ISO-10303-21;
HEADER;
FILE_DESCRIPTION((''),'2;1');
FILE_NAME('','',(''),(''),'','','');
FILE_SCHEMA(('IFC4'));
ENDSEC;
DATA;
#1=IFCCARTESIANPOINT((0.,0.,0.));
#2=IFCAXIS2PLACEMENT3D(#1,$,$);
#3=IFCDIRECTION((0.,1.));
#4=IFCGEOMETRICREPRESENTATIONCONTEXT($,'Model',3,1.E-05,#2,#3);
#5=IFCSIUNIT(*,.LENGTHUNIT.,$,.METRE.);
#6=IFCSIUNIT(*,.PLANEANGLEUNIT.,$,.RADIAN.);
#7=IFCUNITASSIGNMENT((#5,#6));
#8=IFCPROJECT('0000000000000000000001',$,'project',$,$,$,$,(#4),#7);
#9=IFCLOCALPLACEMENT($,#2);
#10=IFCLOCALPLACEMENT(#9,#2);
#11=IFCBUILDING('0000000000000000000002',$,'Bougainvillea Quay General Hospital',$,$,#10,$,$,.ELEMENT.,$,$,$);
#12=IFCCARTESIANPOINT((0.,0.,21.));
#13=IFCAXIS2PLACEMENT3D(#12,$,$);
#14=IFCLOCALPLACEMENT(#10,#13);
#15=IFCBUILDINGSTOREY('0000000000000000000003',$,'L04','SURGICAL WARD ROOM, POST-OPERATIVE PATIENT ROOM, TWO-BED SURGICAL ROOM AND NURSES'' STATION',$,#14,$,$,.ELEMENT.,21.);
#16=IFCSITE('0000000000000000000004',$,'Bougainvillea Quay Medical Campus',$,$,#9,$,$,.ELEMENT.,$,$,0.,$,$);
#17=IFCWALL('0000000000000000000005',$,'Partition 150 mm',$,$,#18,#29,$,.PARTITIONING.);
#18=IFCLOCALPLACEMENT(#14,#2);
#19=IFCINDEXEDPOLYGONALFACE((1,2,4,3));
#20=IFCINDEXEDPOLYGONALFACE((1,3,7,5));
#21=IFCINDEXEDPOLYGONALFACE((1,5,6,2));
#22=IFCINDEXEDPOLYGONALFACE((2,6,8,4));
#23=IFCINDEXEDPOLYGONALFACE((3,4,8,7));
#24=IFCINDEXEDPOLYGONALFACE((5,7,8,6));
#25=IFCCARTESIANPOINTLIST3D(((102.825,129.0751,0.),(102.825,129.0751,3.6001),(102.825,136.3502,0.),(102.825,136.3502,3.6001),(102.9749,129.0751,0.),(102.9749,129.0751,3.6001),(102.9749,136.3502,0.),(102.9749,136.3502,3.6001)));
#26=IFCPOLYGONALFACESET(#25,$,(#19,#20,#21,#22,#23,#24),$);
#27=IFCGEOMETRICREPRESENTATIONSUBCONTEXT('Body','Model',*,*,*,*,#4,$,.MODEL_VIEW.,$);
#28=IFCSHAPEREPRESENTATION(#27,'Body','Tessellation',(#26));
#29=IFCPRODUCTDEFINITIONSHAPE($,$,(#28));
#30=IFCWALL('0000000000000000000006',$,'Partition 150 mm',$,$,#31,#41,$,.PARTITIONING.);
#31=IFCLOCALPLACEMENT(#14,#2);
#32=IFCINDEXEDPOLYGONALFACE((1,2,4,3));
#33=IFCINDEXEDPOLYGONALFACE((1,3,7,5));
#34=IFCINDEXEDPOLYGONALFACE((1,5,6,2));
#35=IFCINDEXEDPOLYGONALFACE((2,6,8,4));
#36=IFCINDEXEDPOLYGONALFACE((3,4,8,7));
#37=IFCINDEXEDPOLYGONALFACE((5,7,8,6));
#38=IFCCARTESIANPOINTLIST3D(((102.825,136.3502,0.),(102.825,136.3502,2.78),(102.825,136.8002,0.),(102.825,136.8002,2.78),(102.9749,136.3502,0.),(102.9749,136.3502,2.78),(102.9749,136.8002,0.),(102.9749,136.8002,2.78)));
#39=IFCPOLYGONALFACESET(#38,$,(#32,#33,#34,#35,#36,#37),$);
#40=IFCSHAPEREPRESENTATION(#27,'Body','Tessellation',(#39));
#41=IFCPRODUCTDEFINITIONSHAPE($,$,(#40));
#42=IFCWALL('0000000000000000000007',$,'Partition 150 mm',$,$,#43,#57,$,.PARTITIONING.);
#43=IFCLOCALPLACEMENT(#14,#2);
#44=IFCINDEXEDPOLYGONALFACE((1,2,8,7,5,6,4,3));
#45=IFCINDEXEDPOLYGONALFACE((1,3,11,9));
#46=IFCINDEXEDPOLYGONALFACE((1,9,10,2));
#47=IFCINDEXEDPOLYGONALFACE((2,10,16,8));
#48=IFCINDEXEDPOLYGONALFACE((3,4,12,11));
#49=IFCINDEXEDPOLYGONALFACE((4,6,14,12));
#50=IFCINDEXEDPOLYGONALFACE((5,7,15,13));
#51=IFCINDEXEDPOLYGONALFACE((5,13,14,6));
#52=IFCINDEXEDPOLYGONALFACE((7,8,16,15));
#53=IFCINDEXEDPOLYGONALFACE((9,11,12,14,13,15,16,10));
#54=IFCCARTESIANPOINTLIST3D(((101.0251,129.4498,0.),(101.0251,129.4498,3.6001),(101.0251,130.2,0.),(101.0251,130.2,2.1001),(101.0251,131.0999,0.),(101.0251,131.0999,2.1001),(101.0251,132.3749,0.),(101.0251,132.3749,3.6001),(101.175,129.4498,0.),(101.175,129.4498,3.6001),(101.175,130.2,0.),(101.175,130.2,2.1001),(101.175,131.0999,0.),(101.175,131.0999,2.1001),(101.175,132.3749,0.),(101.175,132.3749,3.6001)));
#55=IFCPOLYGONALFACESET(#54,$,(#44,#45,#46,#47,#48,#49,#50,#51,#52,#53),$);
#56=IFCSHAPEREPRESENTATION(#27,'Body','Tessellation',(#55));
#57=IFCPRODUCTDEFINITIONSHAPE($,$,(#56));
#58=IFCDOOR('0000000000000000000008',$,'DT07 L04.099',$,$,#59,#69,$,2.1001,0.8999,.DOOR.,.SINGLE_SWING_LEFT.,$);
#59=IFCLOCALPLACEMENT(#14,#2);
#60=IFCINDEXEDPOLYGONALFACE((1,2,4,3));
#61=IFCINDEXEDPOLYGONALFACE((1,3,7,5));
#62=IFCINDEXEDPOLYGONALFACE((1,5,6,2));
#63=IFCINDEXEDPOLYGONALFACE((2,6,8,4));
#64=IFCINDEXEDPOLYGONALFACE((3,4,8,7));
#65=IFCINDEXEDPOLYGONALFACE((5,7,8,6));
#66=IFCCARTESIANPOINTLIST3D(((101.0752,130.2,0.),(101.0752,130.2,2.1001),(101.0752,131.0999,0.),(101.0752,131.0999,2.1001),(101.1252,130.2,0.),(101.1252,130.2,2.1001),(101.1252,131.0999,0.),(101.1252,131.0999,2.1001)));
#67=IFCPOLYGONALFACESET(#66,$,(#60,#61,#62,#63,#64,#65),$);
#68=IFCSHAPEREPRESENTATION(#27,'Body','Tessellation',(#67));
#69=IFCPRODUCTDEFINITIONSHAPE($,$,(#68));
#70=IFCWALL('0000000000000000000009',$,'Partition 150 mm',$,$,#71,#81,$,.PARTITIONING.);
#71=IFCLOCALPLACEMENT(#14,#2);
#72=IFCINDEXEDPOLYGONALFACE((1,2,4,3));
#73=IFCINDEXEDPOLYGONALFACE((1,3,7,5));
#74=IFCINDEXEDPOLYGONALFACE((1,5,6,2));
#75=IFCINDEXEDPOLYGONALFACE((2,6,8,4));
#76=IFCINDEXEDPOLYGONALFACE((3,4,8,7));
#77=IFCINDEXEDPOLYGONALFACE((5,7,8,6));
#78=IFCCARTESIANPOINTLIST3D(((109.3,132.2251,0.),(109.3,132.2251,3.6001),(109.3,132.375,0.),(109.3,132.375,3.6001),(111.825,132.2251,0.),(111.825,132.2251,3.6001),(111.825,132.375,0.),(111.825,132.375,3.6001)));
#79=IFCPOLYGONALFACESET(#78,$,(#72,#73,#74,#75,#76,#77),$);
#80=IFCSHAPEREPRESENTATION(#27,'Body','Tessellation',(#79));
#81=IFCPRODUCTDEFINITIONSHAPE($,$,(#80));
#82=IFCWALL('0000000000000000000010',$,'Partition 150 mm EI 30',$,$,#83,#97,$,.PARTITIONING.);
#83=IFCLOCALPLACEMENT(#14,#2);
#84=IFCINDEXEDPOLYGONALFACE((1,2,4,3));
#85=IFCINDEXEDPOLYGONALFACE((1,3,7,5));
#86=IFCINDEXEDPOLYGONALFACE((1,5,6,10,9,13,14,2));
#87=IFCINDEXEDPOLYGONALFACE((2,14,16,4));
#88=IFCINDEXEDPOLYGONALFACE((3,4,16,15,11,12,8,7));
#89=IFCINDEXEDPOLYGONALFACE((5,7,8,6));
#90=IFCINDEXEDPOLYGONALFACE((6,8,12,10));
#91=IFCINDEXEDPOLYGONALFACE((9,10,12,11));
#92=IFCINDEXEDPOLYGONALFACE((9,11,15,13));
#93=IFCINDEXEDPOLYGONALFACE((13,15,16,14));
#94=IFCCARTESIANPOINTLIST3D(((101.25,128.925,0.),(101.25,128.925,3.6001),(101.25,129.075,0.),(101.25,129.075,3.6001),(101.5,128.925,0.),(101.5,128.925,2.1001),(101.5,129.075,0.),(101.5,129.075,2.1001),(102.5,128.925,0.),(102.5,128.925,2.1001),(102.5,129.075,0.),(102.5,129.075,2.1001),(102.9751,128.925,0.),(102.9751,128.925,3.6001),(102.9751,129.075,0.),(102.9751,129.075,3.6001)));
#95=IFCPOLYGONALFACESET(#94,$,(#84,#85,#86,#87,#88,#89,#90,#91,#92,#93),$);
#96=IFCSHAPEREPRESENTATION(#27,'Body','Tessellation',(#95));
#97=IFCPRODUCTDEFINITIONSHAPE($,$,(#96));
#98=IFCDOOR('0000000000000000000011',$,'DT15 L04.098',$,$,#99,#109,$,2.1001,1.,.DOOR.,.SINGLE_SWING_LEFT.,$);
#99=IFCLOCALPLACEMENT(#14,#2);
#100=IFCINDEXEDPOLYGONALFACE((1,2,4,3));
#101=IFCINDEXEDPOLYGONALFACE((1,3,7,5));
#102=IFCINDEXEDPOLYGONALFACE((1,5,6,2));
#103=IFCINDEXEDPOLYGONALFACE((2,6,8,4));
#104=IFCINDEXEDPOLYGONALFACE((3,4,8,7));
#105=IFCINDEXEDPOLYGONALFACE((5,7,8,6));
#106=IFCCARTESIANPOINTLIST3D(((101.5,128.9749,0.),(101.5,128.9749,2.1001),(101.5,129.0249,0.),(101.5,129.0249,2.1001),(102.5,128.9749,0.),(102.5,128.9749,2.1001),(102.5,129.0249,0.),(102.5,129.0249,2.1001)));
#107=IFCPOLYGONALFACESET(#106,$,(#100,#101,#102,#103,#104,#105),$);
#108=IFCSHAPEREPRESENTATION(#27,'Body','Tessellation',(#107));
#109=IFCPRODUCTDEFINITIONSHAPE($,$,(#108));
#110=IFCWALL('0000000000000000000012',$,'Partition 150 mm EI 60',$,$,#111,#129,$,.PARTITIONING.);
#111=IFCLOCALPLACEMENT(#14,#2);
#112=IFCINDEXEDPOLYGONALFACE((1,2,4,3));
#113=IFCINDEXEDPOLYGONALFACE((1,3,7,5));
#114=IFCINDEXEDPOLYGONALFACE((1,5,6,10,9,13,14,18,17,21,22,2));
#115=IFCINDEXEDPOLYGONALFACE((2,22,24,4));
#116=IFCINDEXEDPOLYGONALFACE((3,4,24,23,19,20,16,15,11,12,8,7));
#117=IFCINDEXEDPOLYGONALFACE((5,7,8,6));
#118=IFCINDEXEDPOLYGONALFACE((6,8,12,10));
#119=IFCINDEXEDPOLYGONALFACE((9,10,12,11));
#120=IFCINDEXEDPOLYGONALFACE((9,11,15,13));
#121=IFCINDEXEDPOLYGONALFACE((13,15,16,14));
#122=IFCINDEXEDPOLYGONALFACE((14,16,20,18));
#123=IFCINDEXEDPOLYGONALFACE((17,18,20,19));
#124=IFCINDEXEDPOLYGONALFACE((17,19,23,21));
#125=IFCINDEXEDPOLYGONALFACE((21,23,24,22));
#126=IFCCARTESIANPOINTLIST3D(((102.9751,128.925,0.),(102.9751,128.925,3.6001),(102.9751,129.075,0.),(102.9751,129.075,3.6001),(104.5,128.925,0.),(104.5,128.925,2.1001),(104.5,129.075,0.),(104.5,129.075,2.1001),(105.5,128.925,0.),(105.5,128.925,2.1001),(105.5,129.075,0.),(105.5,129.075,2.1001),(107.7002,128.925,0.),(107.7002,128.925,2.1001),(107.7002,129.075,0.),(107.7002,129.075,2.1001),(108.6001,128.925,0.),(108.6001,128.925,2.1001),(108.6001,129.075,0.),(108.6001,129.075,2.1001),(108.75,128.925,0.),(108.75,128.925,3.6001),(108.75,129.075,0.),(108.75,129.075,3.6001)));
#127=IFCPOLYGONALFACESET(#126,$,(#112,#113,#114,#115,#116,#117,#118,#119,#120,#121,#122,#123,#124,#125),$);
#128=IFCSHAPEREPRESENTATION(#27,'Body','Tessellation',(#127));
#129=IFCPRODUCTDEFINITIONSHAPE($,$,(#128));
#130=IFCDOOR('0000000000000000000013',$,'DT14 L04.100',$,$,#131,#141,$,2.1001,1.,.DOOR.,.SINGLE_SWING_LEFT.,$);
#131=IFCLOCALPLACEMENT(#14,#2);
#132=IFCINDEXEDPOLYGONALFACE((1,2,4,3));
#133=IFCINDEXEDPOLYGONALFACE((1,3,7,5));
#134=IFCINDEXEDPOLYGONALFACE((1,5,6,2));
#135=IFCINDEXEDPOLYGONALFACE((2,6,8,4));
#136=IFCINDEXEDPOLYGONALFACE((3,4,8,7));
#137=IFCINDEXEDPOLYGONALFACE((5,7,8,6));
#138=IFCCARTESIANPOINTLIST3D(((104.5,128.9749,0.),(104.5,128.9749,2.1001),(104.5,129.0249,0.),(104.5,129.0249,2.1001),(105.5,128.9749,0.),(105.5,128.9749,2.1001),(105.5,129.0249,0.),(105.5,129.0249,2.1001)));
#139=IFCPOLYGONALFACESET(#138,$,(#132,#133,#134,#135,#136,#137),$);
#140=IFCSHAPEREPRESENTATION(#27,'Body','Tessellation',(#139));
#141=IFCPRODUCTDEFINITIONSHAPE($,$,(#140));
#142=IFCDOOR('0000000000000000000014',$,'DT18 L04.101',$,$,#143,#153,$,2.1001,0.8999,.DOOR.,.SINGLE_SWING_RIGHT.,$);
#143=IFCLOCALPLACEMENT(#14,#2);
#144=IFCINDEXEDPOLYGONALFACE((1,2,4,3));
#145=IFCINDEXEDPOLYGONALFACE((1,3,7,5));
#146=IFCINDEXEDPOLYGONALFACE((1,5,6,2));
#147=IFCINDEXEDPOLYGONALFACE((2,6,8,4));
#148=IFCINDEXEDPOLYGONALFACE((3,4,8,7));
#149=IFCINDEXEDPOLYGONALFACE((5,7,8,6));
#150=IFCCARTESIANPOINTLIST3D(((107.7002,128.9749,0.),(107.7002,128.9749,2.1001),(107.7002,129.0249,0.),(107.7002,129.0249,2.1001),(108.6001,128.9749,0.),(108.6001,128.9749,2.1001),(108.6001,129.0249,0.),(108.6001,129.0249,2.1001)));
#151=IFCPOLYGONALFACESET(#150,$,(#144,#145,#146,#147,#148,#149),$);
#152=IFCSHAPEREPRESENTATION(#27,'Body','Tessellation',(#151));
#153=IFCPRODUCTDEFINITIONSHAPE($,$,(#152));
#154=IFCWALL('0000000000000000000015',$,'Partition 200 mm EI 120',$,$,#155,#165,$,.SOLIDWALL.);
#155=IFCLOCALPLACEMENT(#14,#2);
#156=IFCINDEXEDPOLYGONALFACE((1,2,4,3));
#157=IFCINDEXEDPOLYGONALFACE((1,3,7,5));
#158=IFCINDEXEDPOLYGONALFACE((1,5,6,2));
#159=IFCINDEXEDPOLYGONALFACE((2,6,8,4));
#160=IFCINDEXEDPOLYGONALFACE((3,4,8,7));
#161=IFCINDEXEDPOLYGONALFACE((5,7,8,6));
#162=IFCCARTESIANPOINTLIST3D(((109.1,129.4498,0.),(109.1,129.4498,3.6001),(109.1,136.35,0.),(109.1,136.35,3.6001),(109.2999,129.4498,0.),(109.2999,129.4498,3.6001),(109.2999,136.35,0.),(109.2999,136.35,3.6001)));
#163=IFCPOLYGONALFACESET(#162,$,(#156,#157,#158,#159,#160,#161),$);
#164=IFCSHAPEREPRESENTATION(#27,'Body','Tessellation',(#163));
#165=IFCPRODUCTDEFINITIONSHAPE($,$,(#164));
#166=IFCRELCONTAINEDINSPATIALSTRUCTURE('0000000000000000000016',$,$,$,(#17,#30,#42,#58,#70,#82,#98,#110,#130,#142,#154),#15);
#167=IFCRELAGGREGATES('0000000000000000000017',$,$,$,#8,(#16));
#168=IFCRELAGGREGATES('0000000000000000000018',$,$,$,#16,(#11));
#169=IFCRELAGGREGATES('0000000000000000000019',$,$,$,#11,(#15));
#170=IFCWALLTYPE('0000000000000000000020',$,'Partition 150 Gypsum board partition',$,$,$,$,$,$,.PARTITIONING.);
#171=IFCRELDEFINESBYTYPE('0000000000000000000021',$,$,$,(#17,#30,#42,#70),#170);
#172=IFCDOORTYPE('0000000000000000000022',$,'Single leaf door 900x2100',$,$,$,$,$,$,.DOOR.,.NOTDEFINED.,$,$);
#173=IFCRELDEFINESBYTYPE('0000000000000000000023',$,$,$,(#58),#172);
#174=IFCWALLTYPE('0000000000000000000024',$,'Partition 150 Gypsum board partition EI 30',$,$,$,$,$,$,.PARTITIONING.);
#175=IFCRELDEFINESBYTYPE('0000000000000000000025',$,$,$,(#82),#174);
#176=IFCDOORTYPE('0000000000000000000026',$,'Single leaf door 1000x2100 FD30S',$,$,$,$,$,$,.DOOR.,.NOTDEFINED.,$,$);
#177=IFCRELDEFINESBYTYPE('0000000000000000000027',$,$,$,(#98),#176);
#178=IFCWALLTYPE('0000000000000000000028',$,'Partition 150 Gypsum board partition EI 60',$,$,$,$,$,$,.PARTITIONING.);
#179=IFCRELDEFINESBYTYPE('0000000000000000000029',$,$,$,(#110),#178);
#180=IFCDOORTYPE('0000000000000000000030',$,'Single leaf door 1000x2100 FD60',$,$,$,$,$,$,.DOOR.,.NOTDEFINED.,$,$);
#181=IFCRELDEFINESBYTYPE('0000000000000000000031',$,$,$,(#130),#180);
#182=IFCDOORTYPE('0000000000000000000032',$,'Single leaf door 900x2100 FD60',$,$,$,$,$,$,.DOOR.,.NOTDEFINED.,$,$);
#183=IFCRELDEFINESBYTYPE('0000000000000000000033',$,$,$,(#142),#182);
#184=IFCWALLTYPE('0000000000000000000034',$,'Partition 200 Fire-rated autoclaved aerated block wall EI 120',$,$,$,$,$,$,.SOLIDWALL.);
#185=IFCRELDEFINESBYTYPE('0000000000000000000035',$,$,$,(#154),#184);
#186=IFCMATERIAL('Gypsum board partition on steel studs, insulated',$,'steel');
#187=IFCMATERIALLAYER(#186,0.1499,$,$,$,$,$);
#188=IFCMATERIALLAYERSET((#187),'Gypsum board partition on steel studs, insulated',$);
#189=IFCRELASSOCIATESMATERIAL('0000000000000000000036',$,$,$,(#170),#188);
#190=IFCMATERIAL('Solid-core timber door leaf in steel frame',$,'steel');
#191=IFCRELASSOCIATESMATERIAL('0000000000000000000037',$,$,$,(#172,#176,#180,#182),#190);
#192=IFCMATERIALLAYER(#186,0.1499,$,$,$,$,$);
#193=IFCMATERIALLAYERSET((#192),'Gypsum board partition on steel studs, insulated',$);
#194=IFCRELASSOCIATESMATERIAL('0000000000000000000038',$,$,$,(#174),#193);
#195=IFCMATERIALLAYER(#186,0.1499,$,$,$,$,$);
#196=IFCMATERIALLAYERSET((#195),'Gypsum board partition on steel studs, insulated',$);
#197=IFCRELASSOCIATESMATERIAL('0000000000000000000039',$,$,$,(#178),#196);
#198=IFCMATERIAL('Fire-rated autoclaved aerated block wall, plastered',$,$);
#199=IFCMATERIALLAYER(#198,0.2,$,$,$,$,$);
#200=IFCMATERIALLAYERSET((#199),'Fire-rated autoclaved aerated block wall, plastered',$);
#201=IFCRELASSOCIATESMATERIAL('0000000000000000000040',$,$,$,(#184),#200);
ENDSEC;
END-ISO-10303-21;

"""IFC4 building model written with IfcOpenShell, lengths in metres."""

from ifc_helpers import new_model, si_unit, direction, frame, frame_2d, origin, place, context, subcontext, project, spatial, rectangle, extrude, material, layer, layer_set, type_object, element, fill, save


model = new_model("IFC4")

# Units and contexts
model_context = context("Model", 3, precision=1e-05, world=origin(), true_north=direction((0.0, 1.0)))
body_context = subcontext(model_context, "Body", "Model", "MODEL_VIEW")
ifc_project = project(units=[si_unit("LENGTHUNIT", "METRE"), si_unit("PLANEANGLEUNIT", "RADIAN")], contexts=[model_context])

# Site, building, storey
site_placement = place(None, origin())
site = spatial("IfcSite", under=ifc_project, at=site_placement, Name="Bougainvillea Quay Medical Campus", CompositionType="ELEMENT", RefElevation=0.0)
building_placement = place(site_placement, origin())
building = spatial("IfcBuilding", under=site, at=building_placement, Name="Bougainvillea Quay General Hospital", CompositionType="ELEMENT")
storey_placement = place(building_placement, frame((0.0, 0.0, 21.0)))
storey = spatial("IfcBuildingStorey", under=building, at=storey_placement, Name="L04", Description="SURGICAL WARD ROOM, POST-OPERATIVE PATIENT ROOM, TWO-BED SURGICAL ROOM AND NURSES' STATION", CompositionType="ELEMENT", Elevation=21.0)

# Walls
ifc_material_1 = material(Name="Gypsum board partition on steel studs, insulated", Category="steel")
ifc_layer_1 = layer(ifc_material_1, 0.1499)
ifc_layer_set_1 = layer_set([ifc_layer_1], Name="Gypsum board partition on steel studs, insulated")
wall_type_1 = type_object("IfcWallType", Name="Partition 150 Gypsum board partition", PredefinedType="PARTITIONING", material=ifc_layer_set_1)
wall_1_placement = place(storey_placement, frame((102.8999, 129.075, 0.0), z_axis=(0.0, 0.0, 1.0), x_axis=(0.0, 1.0, 0.0)))
element("IfcWall", 1, at=wall_1_placement, inside=storey, type_object=wall_type_1, Name="Partition 150 mm", PredefinedType="PARTITIONING", context=body_context, shape_type="SweptSolid", body=[
    extrude(rectangle(XDim=7.2751, YDim=0.1499, at=frame_2d((3.6377, 0.0))), origin(), (0.0, 0.0, 1.0), 3.6001),
])
wall_2_placement = place(storey_placement, frame((102.8999, 136.3501, 0.0), z_axis=(0.0, 0.0, 1.0), x_axis=(0.0, 1.0, 0.0)))
element("IfcWall", 2, at=wall_2_placement, inside=storey, type_object=wall_type_1, Name="Partition 150 mm", PredefinedType="PARTITIONING", context=body_context, shape_type="SweptSolid", body=[
    extrude(rectangle(XDim=0.45, YDim=0.1499, at=frame_2d((0.2251, 0.0))), origin(), (0.0, 0.0, 1.0), 2.78),
])

# Wall, opening, door
wall_3_placement = place(storey_placement, frame((101.1001, 129.45, 0.0), z_axis=(0.0, 0.0, 1.0), x_axis=(0.0, 1.0, 0.0)))
wall_3 = element("IfcWall", 3, at=wall_3_placement, inside=storey, type_object=wall_type_1, Name="Partition 150 mm", PredefinedType="PARTITIONING", context=body_context, shape_type="SweptSolid", body=[
    extrude(rectangle(XDim=2.925, YDim=0.1499, at=frame_2d((1.4624, 0.0))), origin(), (0.0, 0.0, 1.0), 3.6001),
])
opening_1_placement = place(wall_3_placement, frame((0.75, 0.0, 0.0)))
opening_1 = element("IfcOpeningElement", 4, at=opening_1_placement, cuts=wall_3, PredefinedType="OPENING", context=body_context, shape_type="SweptSolid", body=[
    extrude(rectangle(XDim=0.8999, YDim=2.1001, at=frame_2d((0.45, 1.05))), frame((0.0, 0.085, 0.0), z_axis=(0.0, -1.0, 0.0), x_axis=(1.0, 0.0, 0.0)), (0.0, 0.0, 1.0), 0.1699),
])
ifc_material_2 = material(Name="Solid-core timber door leaf in steel frame", Category="steel")
door_type_1 = type_object("IfcDoorType", Name="Single leaf door 900x2100", OperationType="NOTDEFINED", PredefinedType="DOOR", material=ifc_material_2)
door_1_placement = place(opening_1_placement, origin())
door_1 = element("IfcDoor", 5, at=door_1_placement, inside=storey, type_object=door_type_1, Name="DT07 L04.099", OperationType="SINGLE_SWING_LEFT", OverallHeight=2.1001, OverallWidth=0.8999, PredefinedType="DOOR", context=body_context, shape_type="SweptSolid", body=[
    extrude(rectangle(XDim=0.8999, YDim=2.1001, at=frame_2d((0.45, 1.05))), frame((0.0, 0.0249, 0.0), z_axis=(0.0, -1.0, 0.0), x_axis=(1.0, 0.0, 0.0)), (0.0, 0.0, 1.0), 0.05),
])
fill(opening_1, door_1)

# Wall
wall_4_placement = place(storey_placement, frame((109.3, 132.3, 0.0), z_axis=(0.0, 0.0, 1.0), x_axis=(1.0, 0.0, 0.0)))
element("IfcWall", 6, at=wall_4_placement, inside=storey, type_object=wall_type_1, Name="Partition 150 mm", PredefinedType="PARTITIONING", context=body_context, shape_type="SweptSolid", body=[
    extrude(rectangle(XDim=2.5249, YDim=0.1499, at=frame_2d((1.2625, 0.0))), origin(), (0.0, 0.0, 1.0), 3.6001),
])

# Wall, opening, door
ifc_layer_2 = layer(ifc_material_1, 0.1499)
ifc_layer_set_2 = layer_set([ifc_layer_2], Name="Gypsum board partition on steel studs, insulated")
wall_type_2 = type_object("IfcWallType", Name="Partition 150 Gypsum board partition EI 30", PredefinedType="PARTITIONING", material=ifc_layer_set_2)
wall_5_placement = place(storey_placement, frame((102.9751, 129.0, 0.0), z_axis=(0.0, 0.0, 1.0), x_axis=(-1.0, 0.0, 0.0)))
wall_5 = element("IfcWall", 7, at=wall_5_placement, inside=storey, type_object=wall_type_2, Name="Partition 150 mm EI 30", PredefinedType="PARTITIONING", context=body_context, shape_type="SweptSolid", body=[
    extrude(rectangle(XDim=1.7251, YDim=0.1499, at=frame_2d((0.8625, 0.0))), origin(), (0.0, 0.0, 1.0), 3.6001),
])
opening_2_placement = place(wall_5_placement, frame((0.4751, 0.0, 0.0)))
opening_2 = element("IfcOpeningElement", 8, at=opening_2_placement, cuts=wall_5, PredefinedType="OPENING", context=body_context, shape_type="SweptSolid", body=[
    extrude(rectangle(XDim=1.0, YDim=2.1001, at=frame_2d((0.5, 1.05))), frame((0.0, 0.085, 0.0), z_axis=(0.0, -1.0, 0.0), x_axis=(1.0, 0.0, 0.0)), (0.0, 0.0, 1.0), 0.1699),
])
door_type_2 = type_object("IfcDoorType", Name="Single leaf door 1000x2100 FD30S", OperationType="NOTDEFINED", PredefinedType="DOOR", material=ifc_material_2)
door_2_placement = place(opening_2_placement, frame((1.0, 0.0, 0.0), z_axis=(0.0, 0.0, 1.0), x_axis=(-1.0, 0.0, 0.0)))
door_2 = element("IfcDoor", 9, at=door_2_placement, inside=storey, type_object=door_type_2, Name="DT15 L04.098", OperationType="SINGLE_SWING_LEFT", OverallHeight=2.1001, OverallWidth=1.0, PredefinedType="DOOR", context=body_context, shape_type="SweptSolid", body=[
    extrude(rectangle(XDim=1.0, YDim=2.1001, at=frame_2d((0.5, 1.05))), frame((0.0, 0.0249, 0.0), z_axis=(0.0, -1.0, 0.0), x_axis=(1.0, 0.0, 0.0)), (0.0, 0.0, 1.0), 0.05),
])
fill(opening_2, door_2)

# Wall, openings, doors
ifc_layer_3 = layer(ifc_material_1, 0.1499)
ifc_layer_set_3 = layer_set([ifc_layer_3], Name="Gypsum board partition on steel studs, insulated")
wall_type_3 = type_object("IfcWallType", Name="Partition 150 Gypsum board partition EI 60", PredefinedType="PARTITIONING", material=ifc_layer_set_3)
wall_6_placement = place(storey_placement, frame((102.9751, 129.0, 0.0), z_axis=(0.0, 0.0, 1.0), x_axis=(1.0, 0.0, 0.0)))
wall_6 = element("IfcWall", 10, at=wall_6_placement, inside=storey, type_object=wall_type_3, Name="Partition 150 mm EI 60", PredefinedType="PARTITIONING", context=body_context, shape_type="SweptSolid", body=[
    extrude(rectangle(XDim=5.7749, YDim=0.1499, at=frame_2d((2.8875, 0.0))), origin(), (0.0, 0.0, 1.0), 3.6001),
])
opening_3_placement = place(wall_6_placement, frame((1.5249, 0.0, 0.0)))
opening_3 = element("IfcOpeningElement", 11, at=opening_3_placement, cuts=wall_6, PredefinedType="OPENING", context=body_context, shape_type="SweptSolid", body=[
    extrude(rectangle(XDim=1.0, YDim=2.1001, at=frame_2d((0.5, 1.05))), frame((0.0, 0.085, 0.0), z_axis=(0.0, -1.0, 0.0), x_axis=(1.0, 0.0, 0.0)), (0.0, 0.0, 1.0), 0.1699),
])
opening_4_placement = place(wall_6_placement, frame((4.7251, 0.0, 0.0)))
opening_4 = element("IfcOpeningElement", 12, at=opening_4_placement, cuts=wall_6, PredefinedType="OPENING", context=body_context, shape_type="SweptSolid", body=[
    extrude(rectangle(XDim=0.8999, YDim=2.1001, at=frame_2d((0.45, 1.05))), frame((0.0, 0.085, 0.0), z_axis=(0.0, -1.0, 0.0), x_axis=(1.0, 0.0, 0.0)), (0.0, 0.0, 1.0), 0.1699),
])
door_type_3 = type_object("IfcDoorType", Name="Single leaf door 1000x2100 FD60", OperationType="NOTDEFINED", PredefinedType="DOOR", material=ifc_material_2)
door_3_placement = place(opening_3_placement, origin())
door_3 = element("IfcDoor", 13, at=door_3_placement, inside=storey, type_object=door_type_3, Name="DT14 L04.100", OperationType="SINGLE_SWING_LEFT", OverallHeight=2.1001, OverallWidth=1.0, PredefinedType="DOOR", context=body_context, shape_type="SweptSolid", body=[
    extrude(rectangle(XDim=1.0, YDim=2.1001, at=frame_2d((0.5, 1.05))), frame((0.0, 0.0249, 0.0), z_axis=(0.0, -1.0, 0.0), x_axis=(1.0, 0.0, 0.0)), (0.0, 0.0, 1.0), 0.05),
])
fill(opening_3, door_3)
door_type_4 = type_object("IfcDoorType", Name="Single leaf door 900x2100 FD60", OperationType="NOTDEFINED", PredefinedType="DOOR", material=ifc_material_2)
door_4_placement = place(opening_4_placement, origin())
door_4 = element("IfcDoor", 14, at=door_4_placement, inside=storey, type_object=door_type_4, Name="DT18 L04.101", OperationType="SINGLE_SWING_RIGHT", OverallHeight=2.1001, OverallWidth=0.8999, PredefinedType="DOOR", context=body_context, shape_type="SweptSolid", body=[
    extrude(rectangle(XDim=0.8999, YDim=2.1001, at=frame_2d((0.45, 1.05))), frame((0.0, 0.0249, 0.0), z_axis=(0.0, -1.0, 0.0), x_axis=(1.0, 0.0, 0.0)), (0.0, 0.0, 1.0), 0.05),
])
fill(opening_4, door_4)

# Wall
ifc_material_3 = material(Name="Fire-rated autoclaved aerated block wall, plastered")
ifc_layer_4 = layer(ifc_material_3, 0.2)
ifc_layer_set_4 = layer_set([ifc_layer_4], Name="Fire-rated autoclaved aerated block wall, plastered")
wall_type_4 = type_object("IfcWallType", Name="Partition 200 Fire-rated autoclaved aerated block wall EI 120", PredefinedType="SOLIDWALL", material=ifc_layer_set_4)
wall_7_placement = place(storey_placement, frame((109.2, 136.3501, 0.0), z_axis=(0.0, 0.0, 1.0), x_axis=(0.0, -1.0, 0.0)))
element("IfcWall", 15, at=wall_7_placement, inside=storey, type_object=wall_type_4, Name="Partition 200 mm EI 120", PredefinedType="SOLIDWALL", context=body_context, shape_type="SweptSolid", body=[
    extrude(rectangle(XDim=6.9001, YDim=0.2, at=frame_2d((3.4502, 0.0))), origin(), (0.0, 0.0, 1.0), 3.6001),
])

save(model, "model.ifc")
